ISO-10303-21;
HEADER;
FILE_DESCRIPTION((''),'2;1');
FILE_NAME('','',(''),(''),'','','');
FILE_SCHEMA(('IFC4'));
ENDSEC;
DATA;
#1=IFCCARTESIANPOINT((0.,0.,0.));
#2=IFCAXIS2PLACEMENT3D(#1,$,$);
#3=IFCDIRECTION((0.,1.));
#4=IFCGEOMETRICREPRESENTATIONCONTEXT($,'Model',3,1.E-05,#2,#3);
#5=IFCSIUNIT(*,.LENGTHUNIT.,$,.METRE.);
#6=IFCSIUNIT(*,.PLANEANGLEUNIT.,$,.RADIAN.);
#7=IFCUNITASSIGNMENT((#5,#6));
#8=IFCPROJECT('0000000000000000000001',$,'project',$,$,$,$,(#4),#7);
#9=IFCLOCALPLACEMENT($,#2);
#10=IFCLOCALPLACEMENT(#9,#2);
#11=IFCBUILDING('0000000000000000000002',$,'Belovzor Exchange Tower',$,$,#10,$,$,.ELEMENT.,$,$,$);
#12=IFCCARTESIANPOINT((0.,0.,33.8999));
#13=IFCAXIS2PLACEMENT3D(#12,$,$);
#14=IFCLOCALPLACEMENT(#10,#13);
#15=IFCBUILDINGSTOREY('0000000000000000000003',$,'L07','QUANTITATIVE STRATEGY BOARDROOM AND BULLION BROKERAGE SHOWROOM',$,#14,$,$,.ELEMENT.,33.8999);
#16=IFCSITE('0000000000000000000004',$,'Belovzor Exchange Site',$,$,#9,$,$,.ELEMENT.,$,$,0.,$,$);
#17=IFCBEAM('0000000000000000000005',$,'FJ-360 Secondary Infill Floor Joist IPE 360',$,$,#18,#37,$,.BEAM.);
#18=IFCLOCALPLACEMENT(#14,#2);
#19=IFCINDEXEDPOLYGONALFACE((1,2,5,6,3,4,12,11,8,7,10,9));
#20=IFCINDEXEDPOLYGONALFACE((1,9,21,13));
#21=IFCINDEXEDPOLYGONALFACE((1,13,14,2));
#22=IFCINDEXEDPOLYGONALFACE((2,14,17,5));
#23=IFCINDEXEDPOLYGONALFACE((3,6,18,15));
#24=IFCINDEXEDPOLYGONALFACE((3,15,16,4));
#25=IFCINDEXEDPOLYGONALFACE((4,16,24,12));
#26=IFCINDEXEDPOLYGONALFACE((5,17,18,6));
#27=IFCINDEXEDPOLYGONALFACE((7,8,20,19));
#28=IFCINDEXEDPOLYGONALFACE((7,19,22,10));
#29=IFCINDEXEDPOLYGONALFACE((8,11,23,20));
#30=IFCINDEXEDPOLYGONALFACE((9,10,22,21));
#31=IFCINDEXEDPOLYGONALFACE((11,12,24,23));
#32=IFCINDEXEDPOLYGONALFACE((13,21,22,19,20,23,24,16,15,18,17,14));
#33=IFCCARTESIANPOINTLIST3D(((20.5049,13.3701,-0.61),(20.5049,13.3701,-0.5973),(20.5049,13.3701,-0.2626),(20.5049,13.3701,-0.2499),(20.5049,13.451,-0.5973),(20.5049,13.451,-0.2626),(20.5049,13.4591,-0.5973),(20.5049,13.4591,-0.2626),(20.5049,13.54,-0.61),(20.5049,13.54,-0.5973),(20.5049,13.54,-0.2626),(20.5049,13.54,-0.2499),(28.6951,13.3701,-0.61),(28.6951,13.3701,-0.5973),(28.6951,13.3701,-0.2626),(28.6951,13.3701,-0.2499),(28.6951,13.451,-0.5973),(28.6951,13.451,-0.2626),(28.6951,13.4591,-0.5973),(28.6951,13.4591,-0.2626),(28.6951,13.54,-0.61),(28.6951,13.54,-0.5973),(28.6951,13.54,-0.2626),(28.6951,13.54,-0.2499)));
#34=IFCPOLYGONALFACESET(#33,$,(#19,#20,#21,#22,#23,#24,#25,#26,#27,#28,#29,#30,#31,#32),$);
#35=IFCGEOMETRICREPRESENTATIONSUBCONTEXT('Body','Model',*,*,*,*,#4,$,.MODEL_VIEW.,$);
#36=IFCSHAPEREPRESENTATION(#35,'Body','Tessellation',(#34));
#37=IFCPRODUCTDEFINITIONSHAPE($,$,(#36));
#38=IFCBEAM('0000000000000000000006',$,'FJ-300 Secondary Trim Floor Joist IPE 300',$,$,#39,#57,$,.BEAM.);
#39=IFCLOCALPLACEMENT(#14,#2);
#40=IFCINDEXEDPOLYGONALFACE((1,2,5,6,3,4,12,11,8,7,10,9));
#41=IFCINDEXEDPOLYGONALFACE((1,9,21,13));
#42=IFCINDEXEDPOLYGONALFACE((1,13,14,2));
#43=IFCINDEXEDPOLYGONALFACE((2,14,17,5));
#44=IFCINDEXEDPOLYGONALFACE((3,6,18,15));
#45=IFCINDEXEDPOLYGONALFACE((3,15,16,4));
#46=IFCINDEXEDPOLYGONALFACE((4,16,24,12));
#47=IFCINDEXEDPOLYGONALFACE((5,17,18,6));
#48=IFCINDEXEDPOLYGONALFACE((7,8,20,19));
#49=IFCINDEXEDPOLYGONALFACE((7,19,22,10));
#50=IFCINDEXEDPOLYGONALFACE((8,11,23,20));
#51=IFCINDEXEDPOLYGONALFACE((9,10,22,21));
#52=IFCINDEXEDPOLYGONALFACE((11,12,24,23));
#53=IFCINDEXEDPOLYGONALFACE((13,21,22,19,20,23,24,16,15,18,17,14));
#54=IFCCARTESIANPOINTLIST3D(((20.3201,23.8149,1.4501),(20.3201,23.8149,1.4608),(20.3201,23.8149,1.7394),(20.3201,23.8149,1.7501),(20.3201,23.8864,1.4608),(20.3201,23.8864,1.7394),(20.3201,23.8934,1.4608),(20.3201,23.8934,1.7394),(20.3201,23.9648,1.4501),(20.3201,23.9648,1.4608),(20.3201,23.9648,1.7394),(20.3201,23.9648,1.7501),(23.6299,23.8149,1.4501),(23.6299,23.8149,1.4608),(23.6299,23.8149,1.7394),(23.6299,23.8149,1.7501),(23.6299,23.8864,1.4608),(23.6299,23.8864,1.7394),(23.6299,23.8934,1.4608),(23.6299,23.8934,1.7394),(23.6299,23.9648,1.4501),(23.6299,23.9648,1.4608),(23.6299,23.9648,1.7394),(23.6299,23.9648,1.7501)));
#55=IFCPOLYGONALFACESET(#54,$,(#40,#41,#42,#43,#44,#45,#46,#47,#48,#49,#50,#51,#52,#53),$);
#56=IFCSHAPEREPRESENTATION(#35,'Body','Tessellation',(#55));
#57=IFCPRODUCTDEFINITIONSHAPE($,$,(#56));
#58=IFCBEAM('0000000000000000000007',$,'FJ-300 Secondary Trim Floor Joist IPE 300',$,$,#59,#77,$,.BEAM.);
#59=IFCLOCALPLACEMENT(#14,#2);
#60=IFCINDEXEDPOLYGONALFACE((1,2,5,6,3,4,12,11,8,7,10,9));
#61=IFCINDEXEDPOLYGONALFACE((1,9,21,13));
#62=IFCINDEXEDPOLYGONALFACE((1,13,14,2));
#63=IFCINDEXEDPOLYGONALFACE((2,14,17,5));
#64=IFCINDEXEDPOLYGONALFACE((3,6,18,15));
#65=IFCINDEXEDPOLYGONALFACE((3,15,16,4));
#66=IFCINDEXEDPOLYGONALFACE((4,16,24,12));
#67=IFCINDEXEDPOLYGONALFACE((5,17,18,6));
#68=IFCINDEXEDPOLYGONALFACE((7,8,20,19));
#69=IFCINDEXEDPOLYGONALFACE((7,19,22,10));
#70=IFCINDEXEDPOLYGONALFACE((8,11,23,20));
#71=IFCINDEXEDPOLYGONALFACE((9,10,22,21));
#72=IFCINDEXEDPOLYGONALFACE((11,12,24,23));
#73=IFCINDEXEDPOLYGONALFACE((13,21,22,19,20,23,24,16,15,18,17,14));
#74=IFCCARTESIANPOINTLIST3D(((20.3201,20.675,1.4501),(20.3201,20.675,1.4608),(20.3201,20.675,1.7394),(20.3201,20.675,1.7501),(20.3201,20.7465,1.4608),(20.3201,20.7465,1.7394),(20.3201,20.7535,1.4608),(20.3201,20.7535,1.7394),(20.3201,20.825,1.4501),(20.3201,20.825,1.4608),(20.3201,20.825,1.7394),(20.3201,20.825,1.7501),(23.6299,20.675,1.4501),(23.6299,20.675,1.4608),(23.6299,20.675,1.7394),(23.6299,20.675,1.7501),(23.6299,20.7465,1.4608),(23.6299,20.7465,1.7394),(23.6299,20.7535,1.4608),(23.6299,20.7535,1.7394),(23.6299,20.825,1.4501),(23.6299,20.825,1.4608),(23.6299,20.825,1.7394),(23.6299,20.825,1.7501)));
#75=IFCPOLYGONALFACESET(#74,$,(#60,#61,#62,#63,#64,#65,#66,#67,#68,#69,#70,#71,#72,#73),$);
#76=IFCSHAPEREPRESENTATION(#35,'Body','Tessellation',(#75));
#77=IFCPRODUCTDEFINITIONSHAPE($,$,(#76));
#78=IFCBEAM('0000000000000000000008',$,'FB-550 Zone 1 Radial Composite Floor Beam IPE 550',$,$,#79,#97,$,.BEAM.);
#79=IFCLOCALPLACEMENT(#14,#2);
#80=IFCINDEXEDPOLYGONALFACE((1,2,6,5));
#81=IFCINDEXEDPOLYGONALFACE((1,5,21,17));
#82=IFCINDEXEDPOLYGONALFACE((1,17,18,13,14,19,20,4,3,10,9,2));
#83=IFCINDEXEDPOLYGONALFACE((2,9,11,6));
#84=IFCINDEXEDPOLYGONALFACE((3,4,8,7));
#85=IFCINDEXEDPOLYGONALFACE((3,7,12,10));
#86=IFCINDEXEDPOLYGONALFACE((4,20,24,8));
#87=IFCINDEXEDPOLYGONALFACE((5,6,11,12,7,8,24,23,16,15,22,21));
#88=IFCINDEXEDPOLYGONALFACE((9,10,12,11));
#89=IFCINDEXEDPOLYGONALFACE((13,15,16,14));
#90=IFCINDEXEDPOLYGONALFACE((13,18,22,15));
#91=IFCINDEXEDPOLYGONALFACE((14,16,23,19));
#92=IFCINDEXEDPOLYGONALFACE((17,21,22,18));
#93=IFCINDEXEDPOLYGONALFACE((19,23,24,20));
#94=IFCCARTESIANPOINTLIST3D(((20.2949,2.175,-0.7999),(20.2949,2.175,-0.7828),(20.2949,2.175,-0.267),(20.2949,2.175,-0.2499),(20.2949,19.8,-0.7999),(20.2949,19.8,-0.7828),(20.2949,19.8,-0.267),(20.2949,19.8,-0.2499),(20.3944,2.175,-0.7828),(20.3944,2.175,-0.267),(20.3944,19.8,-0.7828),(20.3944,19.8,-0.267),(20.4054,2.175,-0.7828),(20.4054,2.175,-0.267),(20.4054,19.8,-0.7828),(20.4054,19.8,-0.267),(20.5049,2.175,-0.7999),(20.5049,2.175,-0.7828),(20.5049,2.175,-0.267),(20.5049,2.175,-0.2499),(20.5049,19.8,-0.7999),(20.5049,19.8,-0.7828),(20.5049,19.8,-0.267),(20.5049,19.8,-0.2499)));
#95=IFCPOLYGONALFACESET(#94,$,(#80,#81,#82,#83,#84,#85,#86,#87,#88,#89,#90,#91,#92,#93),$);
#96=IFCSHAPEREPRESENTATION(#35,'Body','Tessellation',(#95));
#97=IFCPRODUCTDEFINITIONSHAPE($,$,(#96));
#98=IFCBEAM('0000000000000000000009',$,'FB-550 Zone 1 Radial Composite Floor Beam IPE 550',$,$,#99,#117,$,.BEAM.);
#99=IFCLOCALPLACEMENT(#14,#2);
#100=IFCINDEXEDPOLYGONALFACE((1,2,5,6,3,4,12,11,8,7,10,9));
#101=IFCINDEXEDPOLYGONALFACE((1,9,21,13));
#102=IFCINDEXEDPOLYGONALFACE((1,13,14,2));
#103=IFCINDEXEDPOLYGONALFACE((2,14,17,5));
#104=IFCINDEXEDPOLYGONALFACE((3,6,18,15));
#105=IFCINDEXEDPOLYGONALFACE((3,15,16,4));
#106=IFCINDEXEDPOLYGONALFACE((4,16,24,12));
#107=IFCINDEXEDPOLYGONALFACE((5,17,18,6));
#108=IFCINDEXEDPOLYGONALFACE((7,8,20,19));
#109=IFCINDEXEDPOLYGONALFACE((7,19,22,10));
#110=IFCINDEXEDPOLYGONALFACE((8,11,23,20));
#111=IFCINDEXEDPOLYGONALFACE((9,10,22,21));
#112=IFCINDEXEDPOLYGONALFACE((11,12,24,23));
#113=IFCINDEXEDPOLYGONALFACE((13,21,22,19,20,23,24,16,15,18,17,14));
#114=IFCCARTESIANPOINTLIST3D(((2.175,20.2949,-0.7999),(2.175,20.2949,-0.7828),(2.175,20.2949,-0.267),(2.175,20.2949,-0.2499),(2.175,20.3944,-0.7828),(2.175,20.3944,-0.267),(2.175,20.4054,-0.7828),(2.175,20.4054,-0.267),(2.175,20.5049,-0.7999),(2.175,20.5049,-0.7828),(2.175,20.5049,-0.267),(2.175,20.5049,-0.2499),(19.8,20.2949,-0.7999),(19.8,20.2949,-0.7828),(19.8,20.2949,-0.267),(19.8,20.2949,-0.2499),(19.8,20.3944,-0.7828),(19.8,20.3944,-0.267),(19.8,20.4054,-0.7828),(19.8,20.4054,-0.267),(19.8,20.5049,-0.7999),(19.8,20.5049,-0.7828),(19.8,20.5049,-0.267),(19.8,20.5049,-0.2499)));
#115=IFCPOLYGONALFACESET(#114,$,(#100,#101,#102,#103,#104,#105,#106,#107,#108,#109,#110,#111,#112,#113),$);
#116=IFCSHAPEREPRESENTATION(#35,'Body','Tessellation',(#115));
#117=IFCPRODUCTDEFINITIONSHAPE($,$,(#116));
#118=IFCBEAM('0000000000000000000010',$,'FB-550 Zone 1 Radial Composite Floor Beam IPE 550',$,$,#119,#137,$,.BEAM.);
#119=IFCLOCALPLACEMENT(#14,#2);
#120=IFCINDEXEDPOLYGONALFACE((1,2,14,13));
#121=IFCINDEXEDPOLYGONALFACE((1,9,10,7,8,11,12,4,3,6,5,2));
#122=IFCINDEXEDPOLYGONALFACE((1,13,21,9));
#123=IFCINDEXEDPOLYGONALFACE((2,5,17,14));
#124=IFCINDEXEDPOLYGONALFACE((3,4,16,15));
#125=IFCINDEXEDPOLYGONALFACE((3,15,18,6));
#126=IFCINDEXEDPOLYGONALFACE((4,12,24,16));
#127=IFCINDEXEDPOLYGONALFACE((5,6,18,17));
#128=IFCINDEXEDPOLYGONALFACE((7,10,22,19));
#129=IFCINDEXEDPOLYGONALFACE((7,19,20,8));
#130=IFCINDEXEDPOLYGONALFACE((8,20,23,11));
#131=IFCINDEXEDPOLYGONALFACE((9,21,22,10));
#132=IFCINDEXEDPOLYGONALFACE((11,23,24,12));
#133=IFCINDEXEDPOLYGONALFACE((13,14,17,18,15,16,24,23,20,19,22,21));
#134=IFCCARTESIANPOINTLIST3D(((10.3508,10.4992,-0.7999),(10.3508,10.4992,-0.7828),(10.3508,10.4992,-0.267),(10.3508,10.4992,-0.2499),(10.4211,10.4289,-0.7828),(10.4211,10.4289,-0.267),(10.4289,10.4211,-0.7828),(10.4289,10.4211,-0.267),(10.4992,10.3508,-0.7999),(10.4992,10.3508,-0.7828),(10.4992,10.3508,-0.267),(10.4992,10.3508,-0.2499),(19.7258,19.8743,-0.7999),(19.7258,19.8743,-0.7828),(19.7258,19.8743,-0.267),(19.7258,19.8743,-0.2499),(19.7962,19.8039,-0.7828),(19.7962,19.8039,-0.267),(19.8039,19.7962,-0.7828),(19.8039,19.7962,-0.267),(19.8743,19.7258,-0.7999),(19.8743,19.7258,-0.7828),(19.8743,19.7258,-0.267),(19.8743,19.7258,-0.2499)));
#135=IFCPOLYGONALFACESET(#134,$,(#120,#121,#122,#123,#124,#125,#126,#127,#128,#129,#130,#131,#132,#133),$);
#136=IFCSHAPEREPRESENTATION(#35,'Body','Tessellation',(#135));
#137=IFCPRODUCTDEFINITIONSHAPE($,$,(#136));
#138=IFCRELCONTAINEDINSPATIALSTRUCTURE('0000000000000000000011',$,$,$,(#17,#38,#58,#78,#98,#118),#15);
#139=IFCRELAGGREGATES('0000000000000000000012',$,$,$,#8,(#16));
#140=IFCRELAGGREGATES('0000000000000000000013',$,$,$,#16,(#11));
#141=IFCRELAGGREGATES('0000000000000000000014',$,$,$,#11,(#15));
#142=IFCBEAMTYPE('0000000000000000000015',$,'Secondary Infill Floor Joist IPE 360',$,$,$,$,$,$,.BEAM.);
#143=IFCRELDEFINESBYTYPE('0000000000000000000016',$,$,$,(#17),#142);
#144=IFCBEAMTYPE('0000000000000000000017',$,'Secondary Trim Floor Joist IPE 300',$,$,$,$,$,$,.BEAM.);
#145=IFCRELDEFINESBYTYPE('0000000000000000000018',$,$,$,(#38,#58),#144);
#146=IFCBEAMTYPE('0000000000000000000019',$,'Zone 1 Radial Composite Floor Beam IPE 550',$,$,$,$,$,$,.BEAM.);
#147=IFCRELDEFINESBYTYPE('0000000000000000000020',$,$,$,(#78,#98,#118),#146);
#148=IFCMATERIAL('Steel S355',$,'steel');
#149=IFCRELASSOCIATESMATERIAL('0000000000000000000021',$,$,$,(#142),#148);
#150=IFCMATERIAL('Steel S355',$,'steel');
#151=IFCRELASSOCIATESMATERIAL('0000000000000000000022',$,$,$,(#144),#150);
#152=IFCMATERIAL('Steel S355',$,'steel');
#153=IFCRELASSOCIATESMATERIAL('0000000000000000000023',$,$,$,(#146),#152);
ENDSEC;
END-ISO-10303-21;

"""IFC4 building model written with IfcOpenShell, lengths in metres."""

from ifc_helpers import new_model, si_unit, direction, frame, origin, origin_2d, place, context, subcontext, project, spatial, i_section, extrude, material, material_profile, profile_set, type_object, element, save


model = new_model("IFC4")

# Units and contexts
model_context = context("Model", 3, precision=1e-05, world=origin(), true_north=direction((0.0, 1.0)))
body_context = subcontext(model_context, "Body", "Model", "MODEL_VIEW")
ifc_project = project(units=[si_unit("LENGTHUNIT", "METRE"), si_unit("PLANEANGLEUNIT", "RADIAN")], contexts=[model_context])

# Site, building, storey
site_placement = place(None, origin())
site = spatial("IfcSite", under=ifc_project, at=site_placement, Name="Belovzor Exchange Site", CompositionType="ELEMENT", RefElevation=0.0)
building_placement = place(site_placement, origin())
building = spatial("IfcBuilding", under=site, at=building_placement, Name="Belovzor Exchange Tower", CompositionType="ELEMENT")
storey_placement = place(building_placement, frame((0.0, 0.0, 33.8999)))
storey = spatial("IfcBuildingStorey", under=building, at=storey_placement, Name="L07", Description="QUANTITATIVE STRATEGY BOARDROOM AND BULLION BROKERAGE SHOWROOM", CompositionType="ELEMENT", Elevation=33.8999)

# Beams
ifc_material_1 = material(Name="Steel S355", Category="steel")
ifc_material_profile_1 = material_profile(ifc_material_1, i_section(OverallWidth=0.1699, OverallDepth=0.3601, WebThickness=0.0081, FlangeThickness=0.0127, at=origin_2d()))
ifc_profile_set_1 = profile_set([ifc_material_profile_1], Name="Steel S355")
beam_type_1 = type_object("IfcBeamType", Name="Secondary Infill Floor Joist IPE 360", PredefinedType="BEAM", material=ifc_profile_set_1)
beam_1_placement = place(storey_placement, frame((20.5049, 13.4551, -0.4299), z_axis=(1.0, 0.0, 0.0), x_axis=(0.0, 1.0, 0.0)))
element("IfcBeam", 1, at=beam_1_placement, inside=storey, type_object=beam_type_1, Name="FJ-360 Secondary Infill Floor Joist IPE 360", PredefinedType="BEAM", context=body_context, shape_type="SweptSolid", body=[
    extrude(i_section(OverallWidth=0.1699, OverallDepth=0.3601, WebThickness=0.0081, FlangeThickness=0.0127, at=origin_2d()), origin(), (0.0, 0.0, 1.0), 8.1902),
])
ifc_material_2 = material(Name="Steel S355", Category="steel")
ifc_material_profile_2 = material_profile(ifc_material_2, i_section(OverallWidth=0.1499, OverallDepth=0.3, WebThickness=0.0071, FlangeThickness=0.0107, at=origin_2d()))
ifc_profile_set_2 = profile_set([ifc_material_profile_2], Name="Steel S355")
beam_type_2 = type_object("IfcBeamType", Name="Secondary Trim Floor Joist IPE 300", PredefinedType="BEAM", material=ifc_profile_set_2)
for number, where, z_axis, x_axis, name in (
    (2, (20.3201, 23.8899, 1.6001), (1.0, 0.0, 0.0), (0.0, 1.0, 0.0), "FJ-300 Secondary Trim Floor Joist IPE 300"),
    (3, (20.3201, 20.75, 1.6001), (1.0, 0.0, 0.0), (0.0, 1.0, 0.0), "FJ-300 Secondary Trim Floor Joist IPE 300"),
):
    element("IfcBeam", number, at=place(storey_placement, frame(where, z_axis=z_axis, x_axis=x_axis)), inside=storey, type_object=beam_type_2, Name=name, PredefinedType="BEAM", context=body_context, shape_type="SweptSolid", body=[
        extrude(i_section(OverallWidth=0.1499, OverallDepth=0.3, WebThickness=0.0071, FlangeThickness=0.0107, at=origin_2d()), origin(), (0.0, 0.0, 1.0), 3.3098),
    ])
ifc_material_3 = material(Name="Steel S355", Category="steel")
ifc_material_profile_3 = material_profile(ifc_material_3, i_section(OverallWidth=0.21, OverallDepth=0.55, WebThickness=0.011, FlangeThickness=0.0171, at=origin_2d()))
ifc_profile_set_3 = profile_set([ifc_material_profile_3], Name="Steel S355")
beam_type_3 = type_object("IfcBeamType", Name="Zone 1 Radial Composite Floor Beam IPE 550", PredefinedType="BEAM", material=ifc_profile_set_3)
for number, where, z_axis, x_axis, name in (
    (4, (20.3999, 19.8, -0.5249), (0.0, -1.0, 0.0), (1.0, 0.0, 0.0), "FB-550 Zone 1 Radial Composite Floor Beam IPE 550"),
    (5, (19.8, 20.3999, -0.5249), (-1.0, 0.0, 0.0), (0.0, -1.0, 0.0), "FB-550 Zone 1 Radial Composite Floor Beam IPE 550"),
):
    element("IfcBeam", number, at=place(storey_placement, frame(where, z_axis=z_axis, x_axis=x_axis)), inside=storey, type_object=beam_type_3, Name=name, PredefinedType="BEAM", context=body_context, shape_type="SweptSolid", body=[
        extrude(i_section(OverallWidth=0.21, OverallDepth=0.55, WebThickness=0.011, FlangeThickness=0.0171, at=origin_2d()), origin(), (0.0, 0.0, 1.0), 17.625),
    ])
beam_2_placement = place(storey_placement, frame((19.8, 19.8, -0.5249), z_axis=(-0.707107, -0.707107, 0.0), x_axis=(0.707107, -0.707107, 0.0)))
element("IfcBeam", 6, at=beam_2_placement, inside=storey, type_object=beam_type_3, Name="FB-550 Zone 1 Radial Composite Floor Beam IPE 550", PredefinedType="BEAM", context=body_context, shape_type="SweptSolid", body=[
    extrude(i_section(OverallWidth=0.21, OverallDepth=0.55, WebThickness=0.011, FlangeThickness=0.0171, at=origin_2d()), origin(), (0.0, 0.0, 1.0), 13.2583),
])

save(model, "model.ifc")
